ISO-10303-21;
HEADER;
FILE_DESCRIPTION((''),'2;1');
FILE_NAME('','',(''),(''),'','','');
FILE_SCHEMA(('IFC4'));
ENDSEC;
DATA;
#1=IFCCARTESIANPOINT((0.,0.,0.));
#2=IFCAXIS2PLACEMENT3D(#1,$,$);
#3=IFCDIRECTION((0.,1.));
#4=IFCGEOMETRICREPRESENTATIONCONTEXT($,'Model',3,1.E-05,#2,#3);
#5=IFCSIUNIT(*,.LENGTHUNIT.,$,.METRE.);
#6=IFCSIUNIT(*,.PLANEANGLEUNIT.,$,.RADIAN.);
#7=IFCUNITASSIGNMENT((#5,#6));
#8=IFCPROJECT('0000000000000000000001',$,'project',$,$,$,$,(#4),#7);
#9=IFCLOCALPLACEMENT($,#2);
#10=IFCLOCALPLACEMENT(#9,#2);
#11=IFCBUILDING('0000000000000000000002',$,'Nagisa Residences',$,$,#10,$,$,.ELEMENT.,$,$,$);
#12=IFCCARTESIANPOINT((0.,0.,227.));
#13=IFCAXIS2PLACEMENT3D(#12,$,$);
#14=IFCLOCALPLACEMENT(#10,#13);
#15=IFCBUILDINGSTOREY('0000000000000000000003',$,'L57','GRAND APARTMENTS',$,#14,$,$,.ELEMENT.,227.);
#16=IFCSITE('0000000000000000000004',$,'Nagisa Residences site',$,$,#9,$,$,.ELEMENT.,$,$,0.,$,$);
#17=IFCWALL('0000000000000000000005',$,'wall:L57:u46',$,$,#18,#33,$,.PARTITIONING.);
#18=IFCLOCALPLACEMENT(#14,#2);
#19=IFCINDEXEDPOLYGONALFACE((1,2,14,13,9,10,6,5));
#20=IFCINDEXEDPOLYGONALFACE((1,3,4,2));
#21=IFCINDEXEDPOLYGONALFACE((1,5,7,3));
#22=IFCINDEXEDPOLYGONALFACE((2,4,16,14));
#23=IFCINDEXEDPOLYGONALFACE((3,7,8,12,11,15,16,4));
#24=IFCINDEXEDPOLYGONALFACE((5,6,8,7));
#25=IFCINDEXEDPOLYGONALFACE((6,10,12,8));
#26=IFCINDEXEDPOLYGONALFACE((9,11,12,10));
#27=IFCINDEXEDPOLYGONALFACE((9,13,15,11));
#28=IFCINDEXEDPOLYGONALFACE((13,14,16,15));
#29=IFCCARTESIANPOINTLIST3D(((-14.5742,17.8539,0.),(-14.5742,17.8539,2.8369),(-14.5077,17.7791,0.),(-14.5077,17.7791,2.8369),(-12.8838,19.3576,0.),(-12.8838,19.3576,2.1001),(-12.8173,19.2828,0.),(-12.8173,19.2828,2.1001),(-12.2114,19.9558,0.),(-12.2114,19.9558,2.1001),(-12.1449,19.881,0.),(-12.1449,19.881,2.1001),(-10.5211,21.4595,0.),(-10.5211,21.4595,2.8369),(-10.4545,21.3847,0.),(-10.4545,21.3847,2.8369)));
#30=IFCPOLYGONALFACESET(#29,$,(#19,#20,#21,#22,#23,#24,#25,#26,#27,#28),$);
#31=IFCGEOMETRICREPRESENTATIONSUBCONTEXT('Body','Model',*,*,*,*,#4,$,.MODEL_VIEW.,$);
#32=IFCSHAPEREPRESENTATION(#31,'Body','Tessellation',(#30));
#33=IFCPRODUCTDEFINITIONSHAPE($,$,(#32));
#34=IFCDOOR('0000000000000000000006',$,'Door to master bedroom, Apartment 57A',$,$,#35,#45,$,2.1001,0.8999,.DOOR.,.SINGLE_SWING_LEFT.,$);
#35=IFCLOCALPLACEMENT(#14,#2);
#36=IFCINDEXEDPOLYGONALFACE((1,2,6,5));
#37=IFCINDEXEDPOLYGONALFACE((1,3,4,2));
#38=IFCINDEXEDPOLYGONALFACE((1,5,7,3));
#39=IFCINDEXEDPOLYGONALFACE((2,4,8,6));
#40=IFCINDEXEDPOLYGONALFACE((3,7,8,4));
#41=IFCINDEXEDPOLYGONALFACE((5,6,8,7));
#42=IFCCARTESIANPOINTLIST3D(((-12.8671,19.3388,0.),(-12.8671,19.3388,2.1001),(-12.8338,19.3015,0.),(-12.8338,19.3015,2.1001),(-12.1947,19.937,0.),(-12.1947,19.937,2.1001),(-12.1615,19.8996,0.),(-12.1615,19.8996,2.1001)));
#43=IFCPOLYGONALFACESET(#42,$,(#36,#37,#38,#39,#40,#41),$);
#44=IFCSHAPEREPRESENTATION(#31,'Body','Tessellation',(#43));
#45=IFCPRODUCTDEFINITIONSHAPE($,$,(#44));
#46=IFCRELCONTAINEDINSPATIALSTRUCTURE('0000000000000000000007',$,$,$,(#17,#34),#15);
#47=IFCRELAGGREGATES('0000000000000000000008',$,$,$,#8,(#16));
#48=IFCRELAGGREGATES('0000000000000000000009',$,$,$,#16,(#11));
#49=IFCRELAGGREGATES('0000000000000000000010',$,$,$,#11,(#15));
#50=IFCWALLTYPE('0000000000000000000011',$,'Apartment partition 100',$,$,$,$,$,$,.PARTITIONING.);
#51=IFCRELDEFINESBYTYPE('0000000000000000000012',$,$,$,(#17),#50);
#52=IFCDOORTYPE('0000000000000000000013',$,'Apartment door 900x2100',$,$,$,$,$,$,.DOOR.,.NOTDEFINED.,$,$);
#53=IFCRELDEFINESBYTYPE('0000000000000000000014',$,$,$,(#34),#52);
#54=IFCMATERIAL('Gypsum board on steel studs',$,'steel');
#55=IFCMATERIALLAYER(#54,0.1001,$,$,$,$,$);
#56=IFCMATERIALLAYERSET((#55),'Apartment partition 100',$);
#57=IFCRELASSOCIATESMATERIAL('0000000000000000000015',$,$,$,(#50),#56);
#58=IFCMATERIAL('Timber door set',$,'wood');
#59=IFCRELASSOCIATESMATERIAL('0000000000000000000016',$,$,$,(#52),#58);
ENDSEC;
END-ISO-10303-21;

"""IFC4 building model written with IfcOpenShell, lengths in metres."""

from ifc_helpers import new_model, si_unit, direction, frame, frame_2d, origin, place, context, subcontext, project, spatial, rectangle, extrude, material, layer, layer_set, type_object, element, fill, save


model = new_model("IFC4")

# Units and contexts
model_context = context("Model", 3, precision=1e-05, world=origin(), true_north=direction((0.0, 1.0)))
body_context = subcontext(model_context, "Body", "Model", "MODEL_VIEW")
ifc_project = project(units=[si_unit("LENGTHUNIT", "METRE"), si_unit("PLANEANGLEUNIT", "RADIAN")], contexts=[model_context])

# Site, building, storey
site_placement = place(None, origin())
site = spatial("IfcSite", under=ifc_project, at=site_placement, Name="Nagisa Residences site", CompositionType="ELEMENT", RefElevation=0.0)
building_placement = place(site_placement, origin())
building = spatial("IfcBuilding", under=site, at=building_placement, Name="Nagisa Residences", CompositionType="ELEMENT")
storey_placement = place(building_placement, frame((0.0, 0.0, 227.0)))
storey = spatial("IfcBuildingStorey", under=building, at=storey_placement, Name="L57", Description="GRAND APARTMENTS", CompositionType="ELEMENT", Elevation=227.0)

# Shared definitions
ifc_material_1 = material(Name="Gypsum board on steel studs", Category="steel")
ifc_layer_1 = layer(ifc_material_1, 0.1001)
ifc_layer_set_1 = layer_set([ifc_layer_1], Name="Apartment partition 100")
wall_type_1 = type_object("IfcWallType", Name="Apartment partition 100", PredefinedType="PARTITIONING", material=ifc_layer_set_1)
ifc_material_2 = material(Name="Timber door set", Category="wood")
door_type_1 = type_object("IfcDoorType", Name="Apartment door 900x2100", OperationType="NOTDEFINED", PredefinedType="DOOR", material=ifc_material_2)

# Wall, opening, door
wall_1_placement = place(storey_placement, frame((-10.4878, 21.4221, 0.0), z_axis=(0.0, 0.0, 1.0), x_axis=(-0.747149, -0.664657, 0.0)))
wall_1 = element("IfcWall", 1, at=wall_1_placement, inside=storey, type_object=wall_type_1, Name="wall:L57:u46", PredefinedType="PARTITIONING", context=body_context, shape_type="SweptSolid", body=[
    extrude(rectangle(XDim=5.4248, YDim=0.1001, at=frame_2d((2.7124, 0.0))), origin(), (0.0, 0.0, 1.0), 2.8369),
])
opening_1_placement = place(wall_1_placement, frame((2.2625, 0.0, 0.0)))
opening_1 = element("IfcOpeningElement", 2, at=opening_1_placement, cuts=wall_1, PredefinedType="OPENING", context=body_context, shape_type="SweptSolid", body=[
    extrude(rectangle(XDim=0.8999, YDim=2.1001, at=frame_2d((0.45, 1.05))), frame((0.0, 0.0601, 0.0), z_axis=(0.0, -1.0, 0.0), x_axis=(1.0, 0.0, 0.0)), (0.0, 0.0, 1.0), 0.1201),
])
door_1_placement = place(opening_1_placement, frame((0.8999, 0.0, 0.0), x_axis=(-1.0, 0.0, 0.0)))
door_1 = element("IfcDoor", 3, at=door_1_placement, inside=storey, type_object=door_type_1, Name="Door to master bedroom, Apartment 57A", OperationType="SINGLE_SWING_LEFT", OverallHeight=2.1001, OverallWidth=0.8999, PredefinedType="DOOR", context=body_context, shape_type="SweptSolid", body=[
    extrude(rectangle(XDim=0.8999, YDim=2.1001, at=frame_2d((0.45, 1.05))), frame((0.0, 0.0249, 0.0), z_axis=(0.0, -1.0, 0.0), x_axis=(1.0, 0.0, 0.0)), (0.0, 0.0, 1.0), 0.05),
])
fill(opening_1, door_1)

save(model, "model.ifc")
